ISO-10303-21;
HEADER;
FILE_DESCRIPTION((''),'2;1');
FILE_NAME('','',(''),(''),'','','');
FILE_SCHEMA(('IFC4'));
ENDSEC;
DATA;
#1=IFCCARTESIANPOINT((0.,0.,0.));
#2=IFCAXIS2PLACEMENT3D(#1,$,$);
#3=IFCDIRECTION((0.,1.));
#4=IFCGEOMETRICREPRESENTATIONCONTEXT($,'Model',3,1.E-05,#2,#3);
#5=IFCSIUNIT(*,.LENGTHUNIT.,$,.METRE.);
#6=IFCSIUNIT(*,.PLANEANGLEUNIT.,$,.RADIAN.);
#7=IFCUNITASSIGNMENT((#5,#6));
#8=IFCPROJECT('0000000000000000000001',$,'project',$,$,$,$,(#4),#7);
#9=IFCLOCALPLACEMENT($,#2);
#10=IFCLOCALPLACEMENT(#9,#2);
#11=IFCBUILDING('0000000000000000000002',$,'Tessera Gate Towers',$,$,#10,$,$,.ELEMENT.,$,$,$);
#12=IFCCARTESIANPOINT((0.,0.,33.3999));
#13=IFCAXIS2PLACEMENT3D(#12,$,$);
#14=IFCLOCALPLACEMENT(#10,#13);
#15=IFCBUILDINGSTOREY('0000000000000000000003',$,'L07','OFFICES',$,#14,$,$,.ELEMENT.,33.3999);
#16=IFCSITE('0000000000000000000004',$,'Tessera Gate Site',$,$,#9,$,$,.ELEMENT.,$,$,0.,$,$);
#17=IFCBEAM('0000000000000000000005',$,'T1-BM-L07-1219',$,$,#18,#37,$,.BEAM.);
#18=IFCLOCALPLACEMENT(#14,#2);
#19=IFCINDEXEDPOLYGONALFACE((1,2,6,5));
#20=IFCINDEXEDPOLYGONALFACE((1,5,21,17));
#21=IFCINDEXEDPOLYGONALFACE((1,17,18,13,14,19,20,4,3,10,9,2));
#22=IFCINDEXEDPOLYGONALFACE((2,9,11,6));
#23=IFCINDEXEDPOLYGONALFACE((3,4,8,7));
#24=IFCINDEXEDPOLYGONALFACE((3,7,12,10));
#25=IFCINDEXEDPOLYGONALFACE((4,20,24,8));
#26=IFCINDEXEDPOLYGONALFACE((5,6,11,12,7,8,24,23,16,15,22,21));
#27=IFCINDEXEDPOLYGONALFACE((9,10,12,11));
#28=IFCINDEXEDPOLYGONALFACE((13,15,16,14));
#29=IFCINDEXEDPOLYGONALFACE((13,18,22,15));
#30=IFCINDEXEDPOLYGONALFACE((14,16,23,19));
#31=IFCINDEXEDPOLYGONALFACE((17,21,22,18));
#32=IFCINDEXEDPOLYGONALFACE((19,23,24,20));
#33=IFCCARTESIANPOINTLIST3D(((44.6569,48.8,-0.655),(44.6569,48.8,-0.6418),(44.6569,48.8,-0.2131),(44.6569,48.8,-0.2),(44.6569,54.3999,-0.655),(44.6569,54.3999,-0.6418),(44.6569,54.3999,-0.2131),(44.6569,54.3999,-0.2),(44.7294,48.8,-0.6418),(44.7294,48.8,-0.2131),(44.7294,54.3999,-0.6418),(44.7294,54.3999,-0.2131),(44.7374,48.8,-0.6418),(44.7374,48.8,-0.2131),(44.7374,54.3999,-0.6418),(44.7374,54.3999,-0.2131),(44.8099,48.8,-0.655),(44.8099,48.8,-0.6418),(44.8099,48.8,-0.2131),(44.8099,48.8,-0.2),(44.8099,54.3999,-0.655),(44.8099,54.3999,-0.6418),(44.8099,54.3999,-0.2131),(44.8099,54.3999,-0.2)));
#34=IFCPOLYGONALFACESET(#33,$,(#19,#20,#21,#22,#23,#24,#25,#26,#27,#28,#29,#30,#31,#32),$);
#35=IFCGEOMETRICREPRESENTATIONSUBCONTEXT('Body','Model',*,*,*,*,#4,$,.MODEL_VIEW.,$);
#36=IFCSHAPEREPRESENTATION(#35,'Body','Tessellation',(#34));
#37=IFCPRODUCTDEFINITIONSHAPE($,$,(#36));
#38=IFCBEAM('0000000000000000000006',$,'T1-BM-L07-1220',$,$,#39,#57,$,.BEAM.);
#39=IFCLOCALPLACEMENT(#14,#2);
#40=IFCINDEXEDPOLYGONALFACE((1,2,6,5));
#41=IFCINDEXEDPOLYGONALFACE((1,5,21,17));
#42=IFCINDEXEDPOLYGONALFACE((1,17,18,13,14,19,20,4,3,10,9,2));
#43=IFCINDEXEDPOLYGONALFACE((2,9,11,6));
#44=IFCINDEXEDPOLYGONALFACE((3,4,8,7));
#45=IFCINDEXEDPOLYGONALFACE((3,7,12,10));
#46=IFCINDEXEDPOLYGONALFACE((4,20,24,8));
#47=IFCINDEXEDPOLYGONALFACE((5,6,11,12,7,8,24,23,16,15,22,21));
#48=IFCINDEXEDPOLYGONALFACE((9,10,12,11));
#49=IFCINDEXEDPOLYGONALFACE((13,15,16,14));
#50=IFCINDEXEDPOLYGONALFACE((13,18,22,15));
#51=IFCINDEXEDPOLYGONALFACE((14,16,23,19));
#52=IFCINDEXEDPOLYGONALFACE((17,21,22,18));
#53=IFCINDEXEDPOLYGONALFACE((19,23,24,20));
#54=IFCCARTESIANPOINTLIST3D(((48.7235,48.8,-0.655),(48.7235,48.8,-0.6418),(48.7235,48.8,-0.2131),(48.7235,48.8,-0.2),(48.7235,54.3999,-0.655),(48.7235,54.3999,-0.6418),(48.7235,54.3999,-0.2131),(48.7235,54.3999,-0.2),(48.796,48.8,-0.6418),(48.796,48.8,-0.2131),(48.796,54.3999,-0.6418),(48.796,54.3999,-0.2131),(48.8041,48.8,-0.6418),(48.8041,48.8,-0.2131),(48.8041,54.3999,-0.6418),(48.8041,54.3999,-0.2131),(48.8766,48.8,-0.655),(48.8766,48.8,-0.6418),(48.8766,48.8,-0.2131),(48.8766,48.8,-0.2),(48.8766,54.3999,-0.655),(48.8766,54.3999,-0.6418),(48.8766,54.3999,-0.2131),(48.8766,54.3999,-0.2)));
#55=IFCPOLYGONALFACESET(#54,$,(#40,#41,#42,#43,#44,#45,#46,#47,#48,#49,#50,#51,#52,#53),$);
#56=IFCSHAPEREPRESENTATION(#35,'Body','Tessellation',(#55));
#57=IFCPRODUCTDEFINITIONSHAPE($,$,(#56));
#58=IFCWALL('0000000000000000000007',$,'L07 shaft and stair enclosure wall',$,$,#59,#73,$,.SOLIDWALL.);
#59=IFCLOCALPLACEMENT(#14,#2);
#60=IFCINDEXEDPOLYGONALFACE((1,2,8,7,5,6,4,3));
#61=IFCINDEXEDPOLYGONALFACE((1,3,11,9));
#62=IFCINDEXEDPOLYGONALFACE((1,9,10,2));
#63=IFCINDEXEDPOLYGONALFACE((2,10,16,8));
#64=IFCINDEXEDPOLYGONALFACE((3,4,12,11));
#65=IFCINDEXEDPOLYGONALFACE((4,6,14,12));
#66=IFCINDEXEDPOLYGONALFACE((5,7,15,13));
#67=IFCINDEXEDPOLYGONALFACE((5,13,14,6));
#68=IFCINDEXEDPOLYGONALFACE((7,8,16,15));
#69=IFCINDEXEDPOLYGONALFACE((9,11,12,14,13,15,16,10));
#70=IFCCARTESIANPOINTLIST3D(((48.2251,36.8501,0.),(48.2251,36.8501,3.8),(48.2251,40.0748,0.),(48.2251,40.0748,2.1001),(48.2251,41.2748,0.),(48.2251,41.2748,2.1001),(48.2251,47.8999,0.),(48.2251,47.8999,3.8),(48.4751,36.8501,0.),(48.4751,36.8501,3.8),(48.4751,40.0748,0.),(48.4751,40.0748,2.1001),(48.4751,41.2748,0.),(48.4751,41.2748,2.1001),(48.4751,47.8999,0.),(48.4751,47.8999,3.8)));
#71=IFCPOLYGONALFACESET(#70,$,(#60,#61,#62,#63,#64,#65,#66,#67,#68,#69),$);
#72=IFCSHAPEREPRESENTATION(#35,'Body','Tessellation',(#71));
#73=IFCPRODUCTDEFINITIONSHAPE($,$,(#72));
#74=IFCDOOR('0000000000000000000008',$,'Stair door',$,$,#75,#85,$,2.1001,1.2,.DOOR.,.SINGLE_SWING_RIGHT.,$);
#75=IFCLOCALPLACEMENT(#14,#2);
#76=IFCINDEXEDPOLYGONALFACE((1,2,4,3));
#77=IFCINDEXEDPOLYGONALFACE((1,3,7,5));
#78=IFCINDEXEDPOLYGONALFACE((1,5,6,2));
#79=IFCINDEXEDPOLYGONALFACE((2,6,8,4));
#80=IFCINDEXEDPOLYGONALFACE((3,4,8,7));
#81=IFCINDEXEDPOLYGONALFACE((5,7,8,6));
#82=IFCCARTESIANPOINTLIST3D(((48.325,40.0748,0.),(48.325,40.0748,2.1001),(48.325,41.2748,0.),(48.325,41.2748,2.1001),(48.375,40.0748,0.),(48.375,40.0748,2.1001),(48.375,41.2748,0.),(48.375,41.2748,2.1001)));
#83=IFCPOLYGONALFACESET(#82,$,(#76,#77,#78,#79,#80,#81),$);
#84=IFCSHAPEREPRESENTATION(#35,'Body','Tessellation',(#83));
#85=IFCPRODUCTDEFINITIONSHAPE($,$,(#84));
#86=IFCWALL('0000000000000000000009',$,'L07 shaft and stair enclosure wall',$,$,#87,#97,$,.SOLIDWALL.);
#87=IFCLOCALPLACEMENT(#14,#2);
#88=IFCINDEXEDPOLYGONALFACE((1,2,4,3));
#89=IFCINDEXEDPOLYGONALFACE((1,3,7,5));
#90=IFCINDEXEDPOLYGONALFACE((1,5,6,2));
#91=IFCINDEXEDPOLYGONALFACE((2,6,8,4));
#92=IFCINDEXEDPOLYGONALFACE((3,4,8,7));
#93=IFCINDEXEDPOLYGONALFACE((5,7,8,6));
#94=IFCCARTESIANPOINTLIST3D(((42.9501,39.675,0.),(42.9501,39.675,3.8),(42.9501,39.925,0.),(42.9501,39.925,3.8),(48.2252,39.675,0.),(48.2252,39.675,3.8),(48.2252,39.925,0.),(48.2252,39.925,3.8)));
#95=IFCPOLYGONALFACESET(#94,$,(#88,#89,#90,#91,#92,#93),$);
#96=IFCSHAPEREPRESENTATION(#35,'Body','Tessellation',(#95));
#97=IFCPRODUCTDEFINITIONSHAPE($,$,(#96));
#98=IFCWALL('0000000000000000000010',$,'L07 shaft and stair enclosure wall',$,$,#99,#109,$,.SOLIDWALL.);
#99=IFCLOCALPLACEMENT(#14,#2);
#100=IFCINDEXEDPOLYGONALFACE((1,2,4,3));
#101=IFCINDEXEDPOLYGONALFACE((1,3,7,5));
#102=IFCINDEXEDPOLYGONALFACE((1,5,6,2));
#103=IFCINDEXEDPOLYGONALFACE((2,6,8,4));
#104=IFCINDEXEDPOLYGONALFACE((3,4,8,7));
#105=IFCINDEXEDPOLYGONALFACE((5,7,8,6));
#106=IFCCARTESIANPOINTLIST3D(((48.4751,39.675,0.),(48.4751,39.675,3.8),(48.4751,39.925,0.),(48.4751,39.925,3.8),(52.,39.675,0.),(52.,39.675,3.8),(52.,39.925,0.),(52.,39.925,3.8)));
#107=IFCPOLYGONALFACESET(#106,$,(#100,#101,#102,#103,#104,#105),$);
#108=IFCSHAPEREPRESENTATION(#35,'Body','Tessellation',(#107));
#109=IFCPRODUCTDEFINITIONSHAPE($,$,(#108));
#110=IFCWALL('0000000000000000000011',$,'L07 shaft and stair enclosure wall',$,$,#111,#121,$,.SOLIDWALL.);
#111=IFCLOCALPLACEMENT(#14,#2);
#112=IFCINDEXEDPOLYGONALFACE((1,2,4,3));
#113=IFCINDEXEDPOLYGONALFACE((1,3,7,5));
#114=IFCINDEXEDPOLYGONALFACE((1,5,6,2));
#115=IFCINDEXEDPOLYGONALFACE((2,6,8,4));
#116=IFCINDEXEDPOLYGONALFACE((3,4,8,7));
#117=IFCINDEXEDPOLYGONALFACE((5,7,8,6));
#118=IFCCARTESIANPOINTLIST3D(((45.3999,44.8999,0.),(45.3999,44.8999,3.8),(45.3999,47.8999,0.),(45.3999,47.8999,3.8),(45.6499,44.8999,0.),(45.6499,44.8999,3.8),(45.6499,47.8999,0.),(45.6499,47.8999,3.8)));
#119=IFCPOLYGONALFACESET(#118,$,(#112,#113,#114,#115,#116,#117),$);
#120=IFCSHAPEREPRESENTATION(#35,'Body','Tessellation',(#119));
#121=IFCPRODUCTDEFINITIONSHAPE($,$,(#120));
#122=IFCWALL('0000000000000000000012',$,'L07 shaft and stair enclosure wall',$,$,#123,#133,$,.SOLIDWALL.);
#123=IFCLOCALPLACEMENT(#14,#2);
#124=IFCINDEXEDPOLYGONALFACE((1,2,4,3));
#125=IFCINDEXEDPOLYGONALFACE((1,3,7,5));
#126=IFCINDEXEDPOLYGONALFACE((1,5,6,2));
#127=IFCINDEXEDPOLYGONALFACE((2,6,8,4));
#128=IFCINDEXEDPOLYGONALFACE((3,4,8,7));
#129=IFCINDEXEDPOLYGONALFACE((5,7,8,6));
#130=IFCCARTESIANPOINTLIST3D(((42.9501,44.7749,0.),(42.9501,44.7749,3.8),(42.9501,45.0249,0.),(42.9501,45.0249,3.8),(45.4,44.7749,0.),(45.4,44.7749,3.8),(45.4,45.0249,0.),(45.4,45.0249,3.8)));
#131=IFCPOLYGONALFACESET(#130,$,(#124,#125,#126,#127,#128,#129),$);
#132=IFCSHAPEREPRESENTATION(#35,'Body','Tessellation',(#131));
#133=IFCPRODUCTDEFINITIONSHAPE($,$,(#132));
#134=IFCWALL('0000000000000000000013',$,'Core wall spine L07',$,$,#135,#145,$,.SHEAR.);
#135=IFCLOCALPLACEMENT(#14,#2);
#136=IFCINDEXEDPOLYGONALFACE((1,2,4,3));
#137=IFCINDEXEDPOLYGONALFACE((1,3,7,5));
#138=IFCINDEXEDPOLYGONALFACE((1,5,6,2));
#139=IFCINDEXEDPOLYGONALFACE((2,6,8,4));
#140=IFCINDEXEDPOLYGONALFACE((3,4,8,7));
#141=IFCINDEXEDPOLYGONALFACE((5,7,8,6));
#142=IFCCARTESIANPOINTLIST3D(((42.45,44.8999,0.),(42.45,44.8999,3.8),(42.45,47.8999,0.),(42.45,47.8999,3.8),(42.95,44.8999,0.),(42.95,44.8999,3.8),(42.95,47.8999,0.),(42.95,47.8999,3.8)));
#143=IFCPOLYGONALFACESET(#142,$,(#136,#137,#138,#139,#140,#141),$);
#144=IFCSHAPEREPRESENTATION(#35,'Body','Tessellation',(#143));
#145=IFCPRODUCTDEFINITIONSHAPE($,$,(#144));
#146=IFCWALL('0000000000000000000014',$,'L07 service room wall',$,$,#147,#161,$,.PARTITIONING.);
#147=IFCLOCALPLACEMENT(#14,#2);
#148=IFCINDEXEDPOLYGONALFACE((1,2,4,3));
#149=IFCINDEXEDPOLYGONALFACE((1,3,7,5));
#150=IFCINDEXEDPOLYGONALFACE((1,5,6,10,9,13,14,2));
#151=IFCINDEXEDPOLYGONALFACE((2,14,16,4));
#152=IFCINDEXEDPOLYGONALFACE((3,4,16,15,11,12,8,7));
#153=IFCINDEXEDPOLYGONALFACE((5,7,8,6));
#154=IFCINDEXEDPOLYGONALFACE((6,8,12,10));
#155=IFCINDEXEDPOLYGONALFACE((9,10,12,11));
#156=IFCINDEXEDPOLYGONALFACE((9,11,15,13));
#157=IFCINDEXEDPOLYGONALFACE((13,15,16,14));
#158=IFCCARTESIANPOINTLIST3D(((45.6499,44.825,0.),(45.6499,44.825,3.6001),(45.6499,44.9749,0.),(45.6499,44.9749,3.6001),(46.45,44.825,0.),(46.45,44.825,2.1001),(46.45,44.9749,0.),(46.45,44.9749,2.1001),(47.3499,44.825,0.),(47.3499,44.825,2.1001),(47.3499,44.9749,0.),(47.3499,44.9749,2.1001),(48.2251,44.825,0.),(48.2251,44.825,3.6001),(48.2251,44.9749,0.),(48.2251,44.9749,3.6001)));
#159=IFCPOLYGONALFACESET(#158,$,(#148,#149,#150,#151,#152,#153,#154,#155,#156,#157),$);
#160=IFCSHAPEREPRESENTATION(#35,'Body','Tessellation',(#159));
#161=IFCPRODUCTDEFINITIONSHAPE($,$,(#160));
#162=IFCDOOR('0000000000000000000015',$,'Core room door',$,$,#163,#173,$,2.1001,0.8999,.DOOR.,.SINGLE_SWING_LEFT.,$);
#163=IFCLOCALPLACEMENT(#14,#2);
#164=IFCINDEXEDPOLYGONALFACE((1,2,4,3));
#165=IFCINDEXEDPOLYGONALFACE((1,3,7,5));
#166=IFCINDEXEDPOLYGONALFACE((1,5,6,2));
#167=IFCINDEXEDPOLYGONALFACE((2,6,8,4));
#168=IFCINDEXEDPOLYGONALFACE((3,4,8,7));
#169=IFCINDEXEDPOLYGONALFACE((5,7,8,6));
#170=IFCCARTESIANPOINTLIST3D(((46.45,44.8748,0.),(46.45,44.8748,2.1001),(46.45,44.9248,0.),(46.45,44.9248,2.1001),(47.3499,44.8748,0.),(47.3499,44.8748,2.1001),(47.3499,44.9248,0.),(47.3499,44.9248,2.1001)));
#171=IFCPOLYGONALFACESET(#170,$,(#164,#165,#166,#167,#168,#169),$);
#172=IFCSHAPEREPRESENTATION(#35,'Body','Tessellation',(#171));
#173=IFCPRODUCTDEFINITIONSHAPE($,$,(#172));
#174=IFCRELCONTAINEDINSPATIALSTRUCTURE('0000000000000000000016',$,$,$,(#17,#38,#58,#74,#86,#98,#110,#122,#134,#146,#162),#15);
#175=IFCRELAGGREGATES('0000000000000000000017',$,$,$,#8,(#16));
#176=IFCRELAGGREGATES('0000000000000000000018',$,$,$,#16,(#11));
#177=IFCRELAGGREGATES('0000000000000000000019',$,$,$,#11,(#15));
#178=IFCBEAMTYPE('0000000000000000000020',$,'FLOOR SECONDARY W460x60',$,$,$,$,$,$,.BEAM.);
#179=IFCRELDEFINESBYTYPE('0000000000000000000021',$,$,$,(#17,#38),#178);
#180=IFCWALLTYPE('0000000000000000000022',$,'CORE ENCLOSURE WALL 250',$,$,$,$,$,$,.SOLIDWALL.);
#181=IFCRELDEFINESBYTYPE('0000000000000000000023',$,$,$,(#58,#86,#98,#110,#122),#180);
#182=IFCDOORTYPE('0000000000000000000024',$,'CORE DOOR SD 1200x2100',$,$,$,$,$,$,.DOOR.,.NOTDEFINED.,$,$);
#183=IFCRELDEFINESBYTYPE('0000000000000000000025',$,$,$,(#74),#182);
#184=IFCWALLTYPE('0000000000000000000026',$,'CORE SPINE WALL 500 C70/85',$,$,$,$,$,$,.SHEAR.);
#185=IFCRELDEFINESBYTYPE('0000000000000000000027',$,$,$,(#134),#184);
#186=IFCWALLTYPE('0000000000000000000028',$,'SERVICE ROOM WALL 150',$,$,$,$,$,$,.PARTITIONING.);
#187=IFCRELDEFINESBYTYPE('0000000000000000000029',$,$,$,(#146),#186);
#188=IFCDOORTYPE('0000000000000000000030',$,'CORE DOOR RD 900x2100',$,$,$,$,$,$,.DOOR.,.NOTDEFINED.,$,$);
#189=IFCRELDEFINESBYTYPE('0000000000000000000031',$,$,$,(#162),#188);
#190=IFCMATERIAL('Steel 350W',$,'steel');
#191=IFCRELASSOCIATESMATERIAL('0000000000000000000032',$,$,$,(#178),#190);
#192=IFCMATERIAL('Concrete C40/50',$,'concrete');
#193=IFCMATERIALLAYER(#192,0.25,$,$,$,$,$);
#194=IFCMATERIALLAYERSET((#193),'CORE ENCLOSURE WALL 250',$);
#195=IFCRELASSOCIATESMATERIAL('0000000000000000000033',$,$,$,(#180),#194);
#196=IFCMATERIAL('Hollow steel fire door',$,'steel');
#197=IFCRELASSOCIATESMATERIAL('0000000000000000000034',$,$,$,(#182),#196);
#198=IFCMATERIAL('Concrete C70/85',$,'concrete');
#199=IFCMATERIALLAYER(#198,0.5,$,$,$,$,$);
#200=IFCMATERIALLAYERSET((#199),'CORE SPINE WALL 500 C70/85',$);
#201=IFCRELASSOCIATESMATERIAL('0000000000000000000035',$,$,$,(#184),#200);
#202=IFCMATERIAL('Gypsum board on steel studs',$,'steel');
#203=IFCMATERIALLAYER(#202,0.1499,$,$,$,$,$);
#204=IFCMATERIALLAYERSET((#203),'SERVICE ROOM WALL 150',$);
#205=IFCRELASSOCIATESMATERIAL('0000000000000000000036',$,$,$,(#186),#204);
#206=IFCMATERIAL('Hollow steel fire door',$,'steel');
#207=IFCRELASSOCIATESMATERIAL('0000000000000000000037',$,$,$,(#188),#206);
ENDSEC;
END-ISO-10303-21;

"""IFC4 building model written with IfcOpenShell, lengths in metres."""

from ifc_helpers import new_model, si_unit, direction, frame, frame_2d, origin, origin_2d, place, context, subcontext, project, spatial, rectangle, i_section, extrude, source, transform, mapped, material, layer, layer_set, material_profile, profile_set, type_object, element, fill, save


model = new_model("IFC4")

# Units and contexts
model_context = context("Model", 3, precision=1e-05, world=origin(), true_north=direction((0.0, 1.0)))
body_context = subcontext(model_context, "Body", "Model", "MODEL_VIEW")
ifc_project = project(units=[si_unit("LENGTHUNIT", "METRE"), si_unit("PLANEANGLEUNIT", "RADIAN")], contexts=[model_context])

# Site, building, storey
site_placement = place(None, origin())
site = spatial("IfcSite", under=ifc_project, at=site_placement, Name="Tessera Gate Site", CompositionType="ELEMENT", RefElevation=0.0)
building_placement = place(site_placement, origin())
building = spatial("IfcBuilding", under=site, at=building_placement, Name="Tessera Gate Towers", CompositionType="ELEMENT")
storey_placement = place(building_placement, frame((0.0, 0.0, 33.3999)))
storey = spatial("IfcBuildingStorey", under=building, at=storey_placement, Name="L07", Description="OFFICES", CompositionType="ELEMENT", Elevation=33.3999)

# Beams
ifc_material_1 = material(Name="Steel 350W", Category="steel")
ifc_material_profile = material_profile(ifc_material_1, i_section(OverallWidth=0.1531, OverallDepth=0.4551, WebThickness=0.0081, FlangeThickness=0.0132, at=origin_2d()), Name="W460x60")
ifc_profile_set = profile_set([ifc_material_profile], Name="Steel 350W")
beam_type = type_object("IfcBeamType", Name="FLOOR SECONDARY W460x60", PredefinedType="BEAM", material=ifc_profile_set)
for number, where, z_axis, x_axis, name in (
    (1, (44.7334, 48.8, -0.4275), (0.0, 1.0, 0.0), (-1.0, 0.0, 0.0), "T1-BM-L07-1219"),
    (2, (48.8, 48.8, -0.4275), (0.0, 1.0, 0.0), (-1.0, 0.0, 0.0), "T1-BM-L07-1220"),
):
    element("IfcBeam", number, at=place(storey_placement, frame(where, z_axis=z_axis, x_axis=x_axis)), inside=storey, type_object=beam_type, Name=name, PredefinedType="BEAM", context=body_context, shape_type="SweptSolid", body=[
        extrude(i_section(OverallWidth=0.1531, OverallDepth=0.4551, WebThickness=0.0081, FlangeThickness=0.0132, at=origin_2d()), origin(), (0.0, 0.0, 1.0), 5.5999),
    ])

# Wall, opening, door
ifc_material_2 = material(Name="Concrete C40/50", Category="concrete")
ifc_layer_1 = layer(ifc_material_2, 0.25)
ifc_layer_set_1 = layer_set([ifc_layer_1], Name="CORE ENCLOSURE WALL 250")
wall_type_1 = type_object("IfcWallType", Name="CORE ENCLOSURE WALL 250", PredefinedType="SOLIDWALL", material=ifc_layer_set_1)
wall_1_placement = place(storey_placement, frame((48.3501, 47.8999, 0.0), z_axis=(0.0, 0.0, 1.0), x_axis=(0.0, -1.0, 0.0)))
wall_1 = element("IfcWall", 3, at=wall_1_placement, inside=storey, type_object=wall_type_1, Name="L07 shaft and stair enclosure wall", PredefinedType="SOLIDWALL", context=body_context, shape_type="SweptSolid", body=[
    extrude(rectangle(XDim=11.0498, YDim=0.25, at=frame_2d((5.5249, 0.0))), origin(), (0.0, 0.0, 1.0), 3.8),
])
shared_shape_1 = source(origin(), body_context, "Body", "SweptSolid", [
    extrude(rectangle(XDim=1.2, YDim=2.1001, at=frame_2d((0.6001, 1.05))), frame((0.0, 0.135, 0.0), z_axis=(0.0, -1.0, 0.0), x_axis=(1.0, 0.0, 0.0)), (0.0, 0.0, 1.0), 0.27),
])
opening_1_placement = place(wall_1_placement, frame((6.625, 0.0, 0.0)))
opening_1 = element("IfcOpeningElement", 4, at=opening_1_placement, cuts=wall_1, PredefinedType="OPENING", context=body_context, shape_type="MappedRepresentation", body=[
    mapped(shared_shape_1, transform((0.0, 0.0, 0.0), scale=1.0)),
])
ifc_material_3 = material(Name="Hollow steel fire door", Category="steel")
door_type_1 = type_object("IfcDoorType", Name="CORE DOOR SD 1200x2100", OperationType="NOTDEFINED", PredefinedType="DOOR", material=ifc_material_3)
shared_shape_2 = source(origin(), body_context, "Body", "SweptSolid", [
    extrude(rectangle(XDim=1.2, YDim=2.1001, at=frame_2d((0.6001, 1.05))), frame((0.0, 0.0249, 0.0), z_axis=(0.0, -1.0, 0.0), x_axis=(1.0, 0.0, 0.0)), (0.0, 0.0, 1.0), 0.05),
])
door_1_placement = place(opening_1_placement, origin())
door_1 = element("IfcDoor", 5, at=door_1_placement, inside=storey, type_object=door_type_1, Name="Stair door", OperationType="SINGLE_SWING_RIGHT", OverallHeight=2.1001, OverallWidth=1.2, PredefinedType="DOOR", context=body_context, shape_type="MappedRepresentation", body=[
    mapped(shared_shape_2, transform((0.0, 0.0, 0.0), scale=1.0)),
])
fill(opening_1, door_1)

# Walls
wall_2_placement = place(storey_placement, frame((42.95, 39.8, 0.0), z_axis=(0.0, 0.0, 1.0), x_axis=(1.0, 0.0, 0.0)))
element("IfcWall", 6, at=wall_2_placement, inside=storey, type_object=wall_type_1, Name="L07 shaft and stair enclosure wall", PredefinedType="SOLIDWALL", context=body_context, shape_type="SweptSolid", body=[
    extrude(rectangle(XDim=5.2751, YDim=0.25, at=frame_2d((2.6377, 0.0))), origin(), (0.0, 0.0, 1.0), 3.8),
])
wall_3_placement = place(storey_placement, frame((48.4751, 39.8, 0.0), z_axis=(0.0, 0.0, 1.0), x_axis=(1.0, 0.0, 0.0)))
element("IfcWall", 7, at=wall_3_placement, inside=storey, type_object=wall_type_1, Name="L07 shaft and stair enclosure wall", PredefinedType="SOLIDWALL", context=body_context, shape_type="SweptSolid", body=[
    extrude(rectangle(XDim=3.5249, YDim=0.25, at=frame_2d((1.7625, 0.0))), origin(), (0.0, 0.0, 1.0), 3.8),
])
wall_4_placement = place(storey_placement, frame((45.5249, 44.8999, 0.0), z_axis=(0.0, 0.0, 1.0), x_axis=(0.0, 1.0, 0.0)))
element("IfcWall", 8, at=wall_4_placement, inside=storey, type_object=wall_type_1, Name="L07 shaft and stair enclosure wall", PredefinedType="SOLIDWALL", context=body_context, shape_type="SweptSolid", body=[
    extrude(rectangle(XDim=3.0, YDim=0.25, at=frame_2d((1.5, 0.0))), origin(), (0.0, 0.0, 1.0), 3.8),
])
wall_5_placement = place(storey_placement, frame((42.95, 44.8999, 0.0), z_axis=(0.0, 0.0, 1.0), x_axis=(1.0, 0.0, 0.0)))
element("IfcWall", 9, at=wall_5_placement, inside=storey, type_object=wall_type_1, Name="L07 shaft and stair enclosure wall", PredefinedType="SOLIDWALL", context=body_context, shape_type="SweptSolid", body=[
    extrude(rectangle(XDim=2.45, YDim=0.25, at=frame_2d((1.2251, 0.0))), origin(), (0.0, 0.0, 1.0), 3.8),
])
ifc_material_4 = material(Name="Concrete C70/85", Category="concrete")
ifc_layer_2 = layer(ifc_material_4, 0.5)
ifc_layer_set_2 = layer_set([ifc_layer_2], Name="CORE SPINE WALL 500 C70/85")
wall_type_2 = type_object("IfcWallType", Name="CORE SPINE WALL 500 C70/85", PredefinedType="SHEAR", material=ifc_layer_set_2)
wall_6_placement = place(storey_placement, frame((42.7, 44.8999, 0.0), z_axis=(0.0, 0.0, 1.0), x_axis=(0.0, 1.0, 0.0)))
element("IfcWall", 10, at=wall_6_placement, inside=storey, type_object=wall_type_2, Name="Core wall spine L07", PredefinedType="SHEAR", context=body_context, shape_type="SweptSolid", body=[
    extrude(rectangle(XDim=3.0, YDim=0.5, at=frame_2d((1.5, 0.0))), origin(), (0.0, 0.0, 1.0), 3.8),
])

# Wall, opening, door
ifc_material_5 = material(Name="Gypsum board on steel studs", Category="steel")
ifc_layer_3 = layer(ifc_material_5, 0.1499)
ifc_layer_set_3 = layer_set([ifc_layer_3], Name="SERVICE ROOM WALL 150")
wall_type_3 = type_object("IfcWallType", Name="SERVICE ROOM WALL 150", PredefinedType="PARTITIONING", material=ifc_layer_set_3)
wall_7_placement = place(storey_placement, frame((45.6499, 44.8999, 0.0), z_axis=(0.0, 0.0, 1.0), x_axis=(1.0, 0.0, 0.0)))
wall_7 = element("IfcWall", 11, at=wall_7_placement, inside=storey, type_object=wall_type_3, Name="L07 service room wall", PredefinedType="PARTITIONING", context=body_context, shape_type="SweptSolid", body=[
    extrude(rectangle(XDim=2.5752, YDim=0.1499, at=frame_2d((1.2876, 0.0))), origin(), (0.0, 0.0, 1.0), 3.6001),
])
shared_shape_3 = source(origin(), body_context, "Body", "SweptSolid", [
    extrude(rectangle(XDim=0.8999, YDim=2.1001, at=frame_2d((0.45, 1.05))), frame((0.0, 0.085, 0.0), z_axis=(0.0, -1.0, 0.0), x_axis=(1.0, 0.0, 0.0)), (0.0, 0.0, 1.0), 0.1699),
])
opening_2_placement = place(wall_7_placement, frame((0.8, 0.0, 0.0)))
opening_2 = element("IfcOpeningElement", 12, at=opening_2_placement, cuts=wall_7, PredefinedType="OPENING", context=body_context, shape_type="MappedRepresentation", body=[
    mapped(shared_shape_3, transform((0.0, 0.0, 0.0), scale=1.0)),
])
ifc_material_6 = material(Name="Hollow steel fire door", Category="steel")
door_type_2 = type_object("IfcDoorType", Name="CORE DOOR RD 900x2100", OperationType="NOTDEFINED", PredefinedType="DOOR", material=ifc_material_6)
shared_shape_4 = source(origin(), body_context, "Body", "SweptSolid", [
    extrude(rectangle(XDim=0.8999, YDim=2.1001, at=frame_2d((0.45, 1.05))), frame((0.0, 0.0249, 0.0), z_axis=(0.0, -1.0, 0.0), x_axis=(1.0, 0.0, 0.0)), (0.0, 0.0, 1.0), 0.05),
])
door_2_placement = place(opening_2_placement, origin())
door_2 = element("IfcDoor", 13, at=door_2_placement, inside=storey, type_object=door_type_2, Name="Core room door", OperationType="SINGLE_SWING_LEFT", OverallHeight=2.1001, OverallWidth=0.8999, PredefinedType="DOOR", context=body_context, shape_type="MappedRepresentation", body=[
    mapped(shared_shape_4, transform((0.0, 0.0, 0.0), scale=1.0)),
])
fill(opening_2, door_2)

save(model, "model.ifc")
